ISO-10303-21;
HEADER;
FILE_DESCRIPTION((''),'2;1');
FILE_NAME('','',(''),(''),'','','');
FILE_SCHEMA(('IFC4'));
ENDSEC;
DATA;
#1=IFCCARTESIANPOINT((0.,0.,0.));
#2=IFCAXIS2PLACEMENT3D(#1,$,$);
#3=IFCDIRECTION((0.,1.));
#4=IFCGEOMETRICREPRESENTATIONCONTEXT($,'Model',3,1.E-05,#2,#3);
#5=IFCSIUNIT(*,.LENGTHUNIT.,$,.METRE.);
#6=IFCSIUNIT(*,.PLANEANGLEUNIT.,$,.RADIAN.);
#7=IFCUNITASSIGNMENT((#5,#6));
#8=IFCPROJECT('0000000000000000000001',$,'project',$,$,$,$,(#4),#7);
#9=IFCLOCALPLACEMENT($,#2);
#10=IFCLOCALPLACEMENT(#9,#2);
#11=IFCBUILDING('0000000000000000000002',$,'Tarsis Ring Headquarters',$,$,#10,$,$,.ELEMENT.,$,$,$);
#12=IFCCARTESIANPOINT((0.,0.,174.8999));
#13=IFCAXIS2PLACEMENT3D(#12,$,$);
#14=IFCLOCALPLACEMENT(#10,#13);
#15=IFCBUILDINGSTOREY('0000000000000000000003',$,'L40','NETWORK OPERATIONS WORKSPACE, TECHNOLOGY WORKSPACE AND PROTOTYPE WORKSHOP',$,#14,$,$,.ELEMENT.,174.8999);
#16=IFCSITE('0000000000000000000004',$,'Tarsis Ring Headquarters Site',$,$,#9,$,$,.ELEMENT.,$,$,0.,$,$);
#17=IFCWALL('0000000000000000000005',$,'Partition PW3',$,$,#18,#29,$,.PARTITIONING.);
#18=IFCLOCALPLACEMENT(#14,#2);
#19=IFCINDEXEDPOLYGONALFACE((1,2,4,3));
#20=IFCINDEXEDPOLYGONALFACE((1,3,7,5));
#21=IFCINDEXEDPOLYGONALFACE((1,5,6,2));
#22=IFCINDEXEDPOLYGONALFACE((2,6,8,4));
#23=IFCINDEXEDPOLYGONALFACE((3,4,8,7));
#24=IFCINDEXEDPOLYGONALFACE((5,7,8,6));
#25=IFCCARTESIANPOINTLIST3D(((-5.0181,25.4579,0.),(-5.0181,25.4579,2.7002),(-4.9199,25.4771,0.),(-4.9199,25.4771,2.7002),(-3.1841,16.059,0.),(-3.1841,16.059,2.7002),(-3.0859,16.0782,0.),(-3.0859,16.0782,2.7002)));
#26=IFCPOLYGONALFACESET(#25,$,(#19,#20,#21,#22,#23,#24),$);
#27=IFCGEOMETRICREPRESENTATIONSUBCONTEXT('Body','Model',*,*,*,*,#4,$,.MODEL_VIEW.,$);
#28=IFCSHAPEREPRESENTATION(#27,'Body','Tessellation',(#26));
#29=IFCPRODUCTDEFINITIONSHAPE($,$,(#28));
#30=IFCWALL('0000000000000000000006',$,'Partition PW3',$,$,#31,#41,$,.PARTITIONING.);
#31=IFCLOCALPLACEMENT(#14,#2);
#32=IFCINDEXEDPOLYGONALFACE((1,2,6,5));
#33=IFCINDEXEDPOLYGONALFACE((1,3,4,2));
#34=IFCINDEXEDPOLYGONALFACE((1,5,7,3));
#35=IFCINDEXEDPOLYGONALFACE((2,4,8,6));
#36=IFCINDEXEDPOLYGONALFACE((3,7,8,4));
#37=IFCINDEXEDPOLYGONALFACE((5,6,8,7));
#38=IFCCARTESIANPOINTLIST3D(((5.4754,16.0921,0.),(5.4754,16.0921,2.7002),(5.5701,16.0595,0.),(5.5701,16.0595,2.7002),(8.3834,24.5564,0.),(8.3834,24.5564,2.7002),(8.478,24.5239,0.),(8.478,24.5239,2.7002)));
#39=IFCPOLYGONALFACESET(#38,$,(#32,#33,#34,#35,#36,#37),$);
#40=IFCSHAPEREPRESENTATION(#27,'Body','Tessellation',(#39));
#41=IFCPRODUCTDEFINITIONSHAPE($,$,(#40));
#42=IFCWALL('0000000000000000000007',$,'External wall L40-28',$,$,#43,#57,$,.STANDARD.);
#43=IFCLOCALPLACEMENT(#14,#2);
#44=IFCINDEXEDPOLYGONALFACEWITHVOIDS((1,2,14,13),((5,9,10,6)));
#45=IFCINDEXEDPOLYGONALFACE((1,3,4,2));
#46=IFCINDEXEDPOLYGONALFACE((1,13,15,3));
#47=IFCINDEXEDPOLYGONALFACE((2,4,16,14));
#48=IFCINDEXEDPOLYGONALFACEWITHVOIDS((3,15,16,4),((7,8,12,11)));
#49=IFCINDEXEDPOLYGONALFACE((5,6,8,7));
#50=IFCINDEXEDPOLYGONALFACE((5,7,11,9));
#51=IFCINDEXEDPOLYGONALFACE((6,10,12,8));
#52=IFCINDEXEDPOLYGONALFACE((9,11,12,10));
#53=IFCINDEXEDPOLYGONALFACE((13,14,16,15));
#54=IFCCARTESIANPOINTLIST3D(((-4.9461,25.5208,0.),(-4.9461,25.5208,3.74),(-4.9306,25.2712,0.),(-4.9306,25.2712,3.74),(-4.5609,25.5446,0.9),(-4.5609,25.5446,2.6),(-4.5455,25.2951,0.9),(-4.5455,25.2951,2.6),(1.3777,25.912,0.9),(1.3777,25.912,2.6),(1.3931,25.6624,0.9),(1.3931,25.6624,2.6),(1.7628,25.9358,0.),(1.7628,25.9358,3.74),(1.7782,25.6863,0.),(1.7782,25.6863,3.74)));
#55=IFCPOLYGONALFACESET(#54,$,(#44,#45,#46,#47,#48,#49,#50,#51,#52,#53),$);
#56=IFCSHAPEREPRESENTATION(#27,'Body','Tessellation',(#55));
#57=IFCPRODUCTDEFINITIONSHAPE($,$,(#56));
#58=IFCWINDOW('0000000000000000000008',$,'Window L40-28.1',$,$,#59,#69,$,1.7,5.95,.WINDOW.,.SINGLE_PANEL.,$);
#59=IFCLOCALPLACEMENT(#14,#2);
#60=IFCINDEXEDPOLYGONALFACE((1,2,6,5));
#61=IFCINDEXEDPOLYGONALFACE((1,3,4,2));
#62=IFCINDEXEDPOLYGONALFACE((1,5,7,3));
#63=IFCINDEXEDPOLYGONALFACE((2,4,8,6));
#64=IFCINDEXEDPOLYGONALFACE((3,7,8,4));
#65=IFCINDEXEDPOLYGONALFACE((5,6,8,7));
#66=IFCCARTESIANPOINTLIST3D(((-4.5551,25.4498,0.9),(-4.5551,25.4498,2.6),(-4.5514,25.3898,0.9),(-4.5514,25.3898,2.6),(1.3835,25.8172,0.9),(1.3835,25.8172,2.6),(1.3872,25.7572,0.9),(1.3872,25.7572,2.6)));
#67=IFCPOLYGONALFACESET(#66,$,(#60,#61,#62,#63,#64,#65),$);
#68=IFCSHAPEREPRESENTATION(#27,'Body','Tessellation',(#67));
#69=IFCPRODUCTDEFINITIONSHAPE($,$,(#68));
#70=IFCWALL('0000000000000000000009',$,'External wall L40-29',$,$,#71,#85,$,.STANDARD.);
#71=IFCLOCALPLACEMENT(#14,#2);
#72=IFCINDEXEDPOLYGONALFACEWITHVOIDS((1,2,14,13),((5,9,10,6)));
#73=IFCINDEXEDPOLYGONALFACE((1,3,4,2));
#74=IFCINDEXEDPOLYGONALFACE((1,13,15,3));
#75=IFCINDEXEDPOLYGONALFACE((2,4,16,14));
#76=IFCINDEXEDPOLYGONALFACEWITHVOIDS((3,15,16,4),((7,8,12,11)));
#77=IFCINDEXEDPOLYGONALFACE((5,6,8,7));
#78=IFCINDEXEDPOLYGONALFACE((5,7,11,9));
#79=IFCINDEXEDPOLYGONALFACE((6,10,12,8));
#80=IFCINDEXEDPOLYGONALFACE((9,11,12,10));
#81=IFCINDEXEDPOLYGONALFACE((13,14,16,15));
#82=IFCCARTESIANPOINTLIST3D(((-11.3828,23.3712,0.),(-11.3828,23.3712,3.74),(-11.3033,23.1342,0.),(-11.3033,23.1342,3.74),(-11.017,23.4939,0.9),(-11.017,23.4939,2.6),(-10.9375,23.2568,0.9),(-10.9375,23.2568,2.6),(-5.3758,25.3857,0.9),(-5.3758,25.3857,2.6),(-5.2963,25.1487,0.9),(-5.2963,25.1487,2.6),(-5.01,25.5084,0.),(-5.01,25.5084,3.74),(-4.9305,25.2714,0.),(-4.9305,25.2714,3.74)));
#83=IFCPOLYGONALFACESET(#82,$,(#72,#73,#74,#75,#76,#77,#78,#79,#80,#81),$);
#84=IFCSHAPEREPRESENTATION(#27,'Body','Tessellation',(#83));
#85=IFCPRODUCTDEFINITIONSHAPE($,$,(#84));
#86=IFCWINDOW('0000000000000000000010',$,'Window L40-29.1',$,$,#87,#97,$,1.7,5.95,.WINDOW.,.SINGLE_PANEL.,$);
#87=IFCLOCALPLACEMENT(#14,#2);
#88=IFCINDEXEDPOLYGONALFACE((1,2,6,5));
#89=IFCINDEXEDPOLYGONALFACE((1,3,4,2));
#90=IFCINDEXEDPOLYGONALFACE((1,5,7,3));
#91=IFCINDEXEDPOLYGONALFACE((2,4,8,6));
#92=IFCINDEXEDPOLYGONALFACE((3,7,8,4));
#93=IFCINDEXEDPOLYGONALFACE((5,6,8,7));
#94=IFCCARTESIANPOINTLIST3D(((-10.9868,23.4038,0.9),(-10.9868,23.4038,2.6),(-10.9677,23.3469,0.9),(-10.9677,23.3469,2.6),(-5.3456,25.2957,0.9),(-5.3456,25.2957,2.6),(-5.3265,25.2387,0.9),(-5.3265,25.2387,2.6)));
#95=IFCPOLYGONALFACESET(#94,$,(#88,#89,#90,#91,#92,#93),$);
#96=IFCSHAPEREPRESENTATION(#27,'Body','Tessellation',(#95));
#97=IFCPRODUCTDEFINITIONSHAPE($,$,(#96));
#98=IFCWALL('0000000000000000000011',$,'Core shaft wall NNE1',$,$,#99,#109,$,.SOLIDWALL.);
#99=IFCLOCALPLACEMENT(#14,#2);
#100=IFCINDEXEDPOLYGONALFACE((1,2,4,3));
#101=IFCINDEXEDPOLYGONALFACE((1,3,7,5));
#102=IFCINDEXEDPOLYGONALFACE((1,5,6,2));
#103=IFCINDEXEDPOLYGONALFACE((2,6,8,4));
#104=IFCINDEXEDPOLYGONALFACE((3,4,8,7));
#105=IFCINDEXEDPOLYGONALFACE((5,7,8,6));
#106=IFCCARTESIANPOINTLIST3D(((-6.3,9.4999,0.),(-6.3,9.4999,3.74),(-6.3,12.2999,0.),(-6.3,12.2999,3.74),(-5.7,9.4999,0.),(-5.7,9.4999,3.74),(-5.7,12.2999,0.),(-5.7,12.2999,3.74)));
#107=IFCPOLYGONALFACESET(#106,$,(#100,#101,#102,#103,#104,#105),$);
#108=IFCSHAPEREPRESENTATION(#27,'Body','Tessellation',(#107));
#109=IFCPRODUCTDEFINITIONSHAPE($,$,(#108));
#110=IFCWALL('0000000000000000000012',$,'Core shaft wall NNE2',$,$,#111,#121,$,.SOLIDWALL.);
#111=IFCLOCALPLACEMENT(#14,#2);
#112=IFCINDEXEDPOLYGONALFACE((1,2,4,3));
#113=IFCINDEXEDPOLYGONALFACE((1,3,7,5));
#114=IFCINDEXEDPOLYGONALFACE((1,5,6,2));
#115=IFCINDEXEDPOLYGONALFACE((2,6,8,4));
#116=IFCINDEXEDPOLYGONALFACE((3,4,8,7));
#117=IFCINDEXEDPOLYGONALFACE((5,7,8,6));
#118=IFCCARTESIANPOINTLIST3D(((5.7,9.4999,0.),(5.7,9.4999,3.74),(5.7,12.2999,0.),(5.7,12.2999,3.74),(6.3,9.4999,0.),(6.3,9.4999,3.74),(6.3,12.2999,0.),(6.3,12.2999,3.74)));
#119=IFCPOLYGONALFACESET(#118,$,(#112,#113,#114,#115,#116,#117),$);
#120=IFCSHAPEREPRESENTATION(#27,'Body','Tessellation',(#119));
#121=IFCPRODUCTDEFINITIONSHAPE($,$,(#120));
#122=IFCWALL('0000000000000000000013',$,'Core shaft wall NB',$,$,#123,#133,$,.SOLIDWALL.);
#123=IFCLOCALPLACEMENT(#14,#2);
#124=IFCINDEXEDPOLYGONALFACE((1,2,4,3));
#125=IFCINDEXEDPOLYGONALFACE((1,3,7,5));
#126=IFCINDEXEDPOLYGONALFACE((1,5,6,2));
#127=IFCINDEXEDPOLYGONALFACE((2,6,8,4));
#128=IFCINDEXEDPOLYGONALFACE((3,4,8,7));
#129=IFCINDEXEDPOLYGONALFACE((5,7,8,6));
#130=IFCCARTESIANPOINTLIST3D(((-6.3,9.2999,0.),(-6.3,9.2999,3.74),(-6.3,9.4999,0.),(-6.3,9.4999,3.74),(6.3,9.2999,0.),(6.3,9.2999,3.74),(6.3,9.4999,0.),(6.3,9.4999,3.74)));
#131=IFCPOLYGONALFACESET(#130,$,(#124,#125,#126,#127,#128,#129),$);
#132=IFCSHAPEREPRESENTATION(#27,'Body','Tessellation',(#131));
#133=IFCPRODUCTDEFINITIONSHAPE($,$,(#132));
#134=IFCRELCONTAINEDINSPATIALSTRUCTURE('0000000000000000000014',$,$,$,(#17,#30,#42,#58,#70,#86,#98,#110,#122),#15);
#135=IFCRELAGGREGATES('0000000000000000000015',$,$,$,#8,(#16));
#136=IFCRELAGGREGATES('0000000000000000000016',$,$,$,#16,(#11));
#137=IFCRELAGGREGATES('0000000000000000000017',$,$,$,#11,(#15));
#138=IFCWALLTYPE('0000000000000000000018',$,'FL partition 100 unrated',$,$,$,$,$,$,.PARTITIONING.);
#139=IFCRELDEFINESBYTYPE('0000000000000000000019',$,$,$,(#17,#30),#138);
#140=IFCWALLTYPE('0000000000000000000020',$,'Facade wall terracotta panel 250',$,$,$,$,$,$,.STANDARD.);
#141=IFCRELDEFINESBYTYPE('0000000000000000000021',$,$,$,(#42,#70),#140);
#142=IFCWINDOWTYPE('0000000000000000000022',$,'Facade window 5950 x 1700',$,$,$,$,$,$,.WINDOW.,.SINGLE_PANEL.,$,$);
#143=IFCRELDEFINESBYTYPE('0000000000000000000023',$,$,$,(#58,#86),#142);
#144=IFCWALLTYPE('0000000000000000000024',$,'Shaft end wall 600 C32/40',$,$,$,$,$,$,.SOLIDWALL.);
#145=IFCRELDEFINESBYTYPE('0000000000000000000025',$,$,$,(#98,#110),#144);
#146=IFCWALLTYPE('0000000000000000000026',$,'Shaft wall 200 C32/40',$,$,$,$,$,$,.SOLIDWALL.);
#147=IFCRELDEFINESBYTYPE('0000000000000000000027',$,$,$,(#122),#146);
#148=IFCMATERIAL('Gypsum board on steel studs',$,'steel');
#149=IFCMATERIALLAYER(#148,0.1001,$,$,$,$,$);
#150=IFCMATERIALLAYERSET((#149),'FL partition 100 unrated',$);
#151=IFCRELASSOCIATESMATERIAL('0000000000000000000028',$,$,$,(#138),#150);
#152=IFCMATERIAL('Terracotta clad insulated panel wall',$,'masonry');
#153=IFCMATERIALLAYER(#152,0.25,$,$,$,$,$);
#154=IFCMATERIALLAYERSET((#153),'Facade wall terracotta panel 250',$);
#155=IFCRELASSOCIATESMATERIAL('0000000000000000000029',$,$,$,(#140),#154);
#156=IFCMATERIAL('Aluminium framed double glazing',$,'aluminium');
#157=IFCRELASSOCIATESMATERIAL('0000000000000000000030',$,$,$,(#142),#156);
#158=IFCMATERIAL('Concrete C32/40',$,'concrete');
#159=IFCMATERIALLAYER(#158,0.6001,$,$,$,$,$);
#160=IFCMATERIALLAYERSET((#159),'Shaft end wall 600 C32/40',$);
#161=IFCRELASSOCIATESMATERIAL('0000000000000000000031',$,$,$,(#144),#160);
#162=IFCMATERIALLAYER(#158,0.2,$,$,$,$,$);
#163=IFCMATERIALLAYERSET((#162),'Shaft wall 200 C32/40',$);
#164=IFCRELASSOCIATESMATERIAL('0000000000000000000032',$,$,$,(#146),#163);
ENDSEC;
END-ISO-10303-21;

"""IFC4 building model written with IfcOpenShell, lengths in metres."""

from ifc_helpers import new_model, si_unit, direction, frame, frame_2d, origin, place, context, subcontext, project, spatial, rectangle, extrude, material, layer, layer_set, type_object, element, fill, save


model = new_model("IFC4")

# Units and contexts
model_context = context("Model", 3, precision=1e-05, world=origin(), true_north=direction((0.0, 1.0)))
body_context = subcontext(model_context, "Body", "Model", "MODEL_VIEW")
ifc_project = project(units=[si_unit("LENGTHUNIT", "METRE"), si_unit("PLANEANGLEUNIT", "RADIAN")], contexts=[model_context])

# Site, building, storey
site_placement = place(None, origin())
site = spatial("IfcSite", under=ifc_project, at=site_placement, Name="Tarsis Ring Headquarters Site", CompositionType="ELEMENT", RefElevation=0.0)
building_placement = place(site_placement, origin())
building = spatial("IfcBuilding", under=site, at=building_placement, Name="Tarsis Ring Headquarters", CompositionType="ELEMENT")
storey_placement = place(building_placement, frame((0.0, 0.0, 174.8999)))
storey = spatial("IfcBuildingStorey", under=building, at=storey_placement, Name="L40", Description="NETWORK OPERATIONS WORKSPACE, TECHNOLOGY WORKSPACE AND PROTOTYPE WORKSHOP", CompositionType="ELEMENT", Elevation=174.8999)

# Walls
ifc_material_1 = material(Name="Gypsum board on steel studs", Category="steel")
ifc_layer_1 = layer(ifc_material_1, 0.1001)
ifc_layer_set_1 = layer_set([ifc_layer_1], Name="FL partition 100 unrated")
wall_type_1 = type_object("IfcWallType", Name="FL partition 100 unrated", PredefinedType="PARTITIONING", material=ifc_layer_set_1)
wall_1_placement = place(storey_placement, frame((-4.969, 25.4675, 0.0), z_axis=(0.0, 0.0, 1.0), x_axis=(0.191515, -0.98149, 0.0)))
element("IfcWall", 1, at=wall_1_placement, inside=storey, type_object=wall_type_1, Name="Partition PW3", PredefinedType="PARTITIONING", context=body_context, shape_type="SweptSolid", body=[
    extrude(rectangle(XDim=9.5762, YDim=0.1001, at=frame_2d((4.7881, 0.0))), origin(), (0.0, 0.0, 1.0), 2.7002),
])
wall_2_placement = place(storey_placement, frame((5.5227, 16.0757, 0.0), z_axis=(0.0, 0.0, 1.0), x_axis=(0.324914, 0.945744, 0.0)))
element("IfcWall", 2, at=wall_2_placement, inside=storey, type_object=wall_type_1, Name="Partition PW3", PredefinedType="PARTITIONING", context=body_context, shape_type="SweptSolid", body=[
    extrude(rectangle(XDim=8.95, YDim=0.1001, at=frame_2d((4.4751, 0.0))), origin(), (0.0, 0.0, 1.0), 2.7002),
])

# Walls, openings, windows
ifc_material_2 = material(Name="Terracotta clad insulated panel wall", Category="masonry")
ifc_layer_2 = layer(ifc_material_2, 0.25)
ifc_layer_set_2 = layer_set([ifc_layer_2], Name="Facade wall terracotta panel 250")
wall_type_2 = type_object("IfcWallType", Name="Facade wall terracotta panel 250", PredefinedType="STANDARD", material=ifc_layer_set_2)
wall_3_placement = place(storey_placement, frame((1.7705, 25.811, 0.0), z_axis=(0.0, 0.0, 1.0), x_axis=(-0.998092, -0.061747, 0.0)))
wall_3 = element("IfcWall", 3, at=wall_3_placement, inside=storey, type_object=wall_type_2, Name="External wall L40-28", PredefinedType="STANDARD", context=body_context, shape_type="SweptSolid", body=[
    extrude(rectangle(XDim=6.7217, YDim=0.25, at=frame_2d((3.3608, 0.0))), origin(), (0.0, 0.0, 1.0), 3.74),
])
opening_1_placement = place(wall_3_placement, frame((0.3857, 0.0, 0.8999)))
opening_1 = element("IfcOpeningElement", 4, at=opening_1_placement, cuts=wall_3, PredefinedType="OPENING", context=body_context, shape_type="SweptSolid", body=[
    extrude(rectangle(XDim=5.95, YDim=1.7, at=frame_2d((2.9751, 0.8501))), frame((0.0, 0.135, 0.0), z_axis=(0.0, -1.0, 0.0), x_axis=(1.0, 0.0, 0.0)), (0.0, 0.0, 1.0), 0.27),
])
ifc_material_3 = material(Name="Aluminium framed double glazing", Category="aluminium")
window_type = type_object("IfcWindowType", Name="Facade window 5950 x 1700", PartitioningType="SINGLE_PANEL", PredefinedType="WINDOW", material=ifc_material_3)
window_1_placement = place(opening_1_placement, origin())
window_1 = element("IfcWindow", 5, at=window_1_placement, inside=storey, type_object=window_type, Name="Window L40-28.1", OverallHeight=1.7, OverallWidth=5.95, PartitioningType="SINGLE_PANEL", PredefinedType="WINDOW", context=body_context, shape_type="SweptSolid", body=[
    extrude(rectangle(XDim=5.95, YDim=1.7, at=frame_2d((2.9751, 0.8501))), frame((0.0, 0.03, 0.0), z_axis=(0.0, -1.0, 0.0), x_axis=(1.0, 0.0, 0.0)), (0.0, 0.0, 1.0), 0.0601),
])
fill(opening_1, window_1)
wall_4_placement = place(storey_placement, frame((-4.9702, 25.3899, 0.0), z_axis=(0.0, 0.0, 1.0), x_axis=(-0.948104, -0.31796, 0.0)))
wall_4 = element("IfcWall", 6, at=wall_4_placement, inside=storey, type_object=wall_type_2, Name="External wall L40-29", PredefinedType="STANDARD", context=body_context, shape_type="SweptSolid", body=[
    extrude(rectangle(XDim=6.7217, YDim=0.25, at=frame_2d((3.3608, 0.0))), origin(), (0.0, 0.0, 1.0), 3.74),
])
opening_2_placement = place(wall_4_placement, frame((0.3857, 0.0, 0.8999)))
opening_2 = element("IfcOpeningElement", 7, at=opening_2_placement, cuts=wall_4, PredefinedType="OPENING", context=body_context, shape_type="SweptSolid", body=[
    extrude(rectangle(XDim=5.95, YDim=1.7, at=frame_2d((2.9751, 0.8501))), frame((0.0, 0.135, 0.0), z_axis=(0.0, -1.0, 0.0), x_axis=(1.0, 0.0, 0.0)), (0.0, 0.0, 1.0), 0.27),
])
window_2_placement = place(opening_2_placement, origin())
window_2 = element("IfcWindow", 8, at=window_2_placement, inside=storey, type_object=window_type, Name="Window L40-29.1", OverallHeight=1.7, OverallWidth=5.95, PartitioningType="SINGLE_PANEL", PredefinedType="WINDOW", context=body_context, shape_type="SweptSolid", body=[
    extrude(rectangle(XDim=5.95, YDim=1.7, at=frame_2d((2.9751, 0.8501))), frame((0.0, 0.03, 0.0), z_axis=(0.0, -1.0, 0.0), x_axis=(1.0, 0.0, 0.0)), (0.0, 0.0, 1.0), 0.0601),
])
fill(opening_2, window_2)

# Walls
ifc_material_4 = material(Name="Concrete C32/40", Category="concrete")
ifc_layer_3 = layer(ifc_material_4, 0.6001)
ifc_layer_set_3 = layer_set([ifc_layer_3], Name="Shaft end wall 600 C32/40")
wall_type_3 = type_object("IfcWallType", Name="Shaft end wall 600 C32/40", PredefinedType="SOLIDWALL", material=ifc_layer_set_3)
for number, where, z_axis, x_axis, name in (
    (9, (-6.0, 9.5, 0.0), (0.0, 0.0, 1.0), (0.0, 1.0, 0.0), "Core shaft wall NNE1"),
    (10, (6.0, 9.5, 0.0), (0.0, 0.0, 1.0), (0.0, 1.0, 0.0), "Core shaft wall NNE2"),
):
    element("IfcWall", number, at=place(storey_placement, frame(where, z_axis=z_axis, x_axis=x_axis)), inside=storey, type_object=wall_type_3, Name=name, PredefinedType="SOLIDWALL", context=body_context, shape_type="SweptSolid", body=[
        extrude(rectangle(XDim=2.8, YDim=0.6001, at=frame_2d((1.3999, 0.0))), origin(), (0.0, 0.0, 1.0), 3.74),
    ])
ifc_layer_4 = layer(ifc_material_4, 0.2)
ifc_layer_set_4 = layer_set([ifc_layer_4], Name="Shaft wall 200 C32/40")
wall_type_4 = type_object("IfcWallType", Name="Shaft wall 200 C32/40", PredefinedType="SOLIDWALL", material=ifc_layer_set_4)
wall_5_placement = place(storey_placement, frame((-6.3, 9.3999, 0.0), z_axis=(0.0, 0.0, 1.0), x_axis=(1.0, 0.0, 0.0)))
element("IfcWall", 11, at=wall_5_placement, inside=storey, type_object=wall_type_4, Name="Core shaft wall NB", PredefinedType="SOLIDWALL", context=body_context, shape_type="SweptSolid", body=[
    extrude(rectangle(XDim=12.6001, YDim=0.2, at=frame_2d((6.3, 0.0))), origin(), (0.0, 0.0, 1.0), 3.74),
])

save(model, "model.ifc")
